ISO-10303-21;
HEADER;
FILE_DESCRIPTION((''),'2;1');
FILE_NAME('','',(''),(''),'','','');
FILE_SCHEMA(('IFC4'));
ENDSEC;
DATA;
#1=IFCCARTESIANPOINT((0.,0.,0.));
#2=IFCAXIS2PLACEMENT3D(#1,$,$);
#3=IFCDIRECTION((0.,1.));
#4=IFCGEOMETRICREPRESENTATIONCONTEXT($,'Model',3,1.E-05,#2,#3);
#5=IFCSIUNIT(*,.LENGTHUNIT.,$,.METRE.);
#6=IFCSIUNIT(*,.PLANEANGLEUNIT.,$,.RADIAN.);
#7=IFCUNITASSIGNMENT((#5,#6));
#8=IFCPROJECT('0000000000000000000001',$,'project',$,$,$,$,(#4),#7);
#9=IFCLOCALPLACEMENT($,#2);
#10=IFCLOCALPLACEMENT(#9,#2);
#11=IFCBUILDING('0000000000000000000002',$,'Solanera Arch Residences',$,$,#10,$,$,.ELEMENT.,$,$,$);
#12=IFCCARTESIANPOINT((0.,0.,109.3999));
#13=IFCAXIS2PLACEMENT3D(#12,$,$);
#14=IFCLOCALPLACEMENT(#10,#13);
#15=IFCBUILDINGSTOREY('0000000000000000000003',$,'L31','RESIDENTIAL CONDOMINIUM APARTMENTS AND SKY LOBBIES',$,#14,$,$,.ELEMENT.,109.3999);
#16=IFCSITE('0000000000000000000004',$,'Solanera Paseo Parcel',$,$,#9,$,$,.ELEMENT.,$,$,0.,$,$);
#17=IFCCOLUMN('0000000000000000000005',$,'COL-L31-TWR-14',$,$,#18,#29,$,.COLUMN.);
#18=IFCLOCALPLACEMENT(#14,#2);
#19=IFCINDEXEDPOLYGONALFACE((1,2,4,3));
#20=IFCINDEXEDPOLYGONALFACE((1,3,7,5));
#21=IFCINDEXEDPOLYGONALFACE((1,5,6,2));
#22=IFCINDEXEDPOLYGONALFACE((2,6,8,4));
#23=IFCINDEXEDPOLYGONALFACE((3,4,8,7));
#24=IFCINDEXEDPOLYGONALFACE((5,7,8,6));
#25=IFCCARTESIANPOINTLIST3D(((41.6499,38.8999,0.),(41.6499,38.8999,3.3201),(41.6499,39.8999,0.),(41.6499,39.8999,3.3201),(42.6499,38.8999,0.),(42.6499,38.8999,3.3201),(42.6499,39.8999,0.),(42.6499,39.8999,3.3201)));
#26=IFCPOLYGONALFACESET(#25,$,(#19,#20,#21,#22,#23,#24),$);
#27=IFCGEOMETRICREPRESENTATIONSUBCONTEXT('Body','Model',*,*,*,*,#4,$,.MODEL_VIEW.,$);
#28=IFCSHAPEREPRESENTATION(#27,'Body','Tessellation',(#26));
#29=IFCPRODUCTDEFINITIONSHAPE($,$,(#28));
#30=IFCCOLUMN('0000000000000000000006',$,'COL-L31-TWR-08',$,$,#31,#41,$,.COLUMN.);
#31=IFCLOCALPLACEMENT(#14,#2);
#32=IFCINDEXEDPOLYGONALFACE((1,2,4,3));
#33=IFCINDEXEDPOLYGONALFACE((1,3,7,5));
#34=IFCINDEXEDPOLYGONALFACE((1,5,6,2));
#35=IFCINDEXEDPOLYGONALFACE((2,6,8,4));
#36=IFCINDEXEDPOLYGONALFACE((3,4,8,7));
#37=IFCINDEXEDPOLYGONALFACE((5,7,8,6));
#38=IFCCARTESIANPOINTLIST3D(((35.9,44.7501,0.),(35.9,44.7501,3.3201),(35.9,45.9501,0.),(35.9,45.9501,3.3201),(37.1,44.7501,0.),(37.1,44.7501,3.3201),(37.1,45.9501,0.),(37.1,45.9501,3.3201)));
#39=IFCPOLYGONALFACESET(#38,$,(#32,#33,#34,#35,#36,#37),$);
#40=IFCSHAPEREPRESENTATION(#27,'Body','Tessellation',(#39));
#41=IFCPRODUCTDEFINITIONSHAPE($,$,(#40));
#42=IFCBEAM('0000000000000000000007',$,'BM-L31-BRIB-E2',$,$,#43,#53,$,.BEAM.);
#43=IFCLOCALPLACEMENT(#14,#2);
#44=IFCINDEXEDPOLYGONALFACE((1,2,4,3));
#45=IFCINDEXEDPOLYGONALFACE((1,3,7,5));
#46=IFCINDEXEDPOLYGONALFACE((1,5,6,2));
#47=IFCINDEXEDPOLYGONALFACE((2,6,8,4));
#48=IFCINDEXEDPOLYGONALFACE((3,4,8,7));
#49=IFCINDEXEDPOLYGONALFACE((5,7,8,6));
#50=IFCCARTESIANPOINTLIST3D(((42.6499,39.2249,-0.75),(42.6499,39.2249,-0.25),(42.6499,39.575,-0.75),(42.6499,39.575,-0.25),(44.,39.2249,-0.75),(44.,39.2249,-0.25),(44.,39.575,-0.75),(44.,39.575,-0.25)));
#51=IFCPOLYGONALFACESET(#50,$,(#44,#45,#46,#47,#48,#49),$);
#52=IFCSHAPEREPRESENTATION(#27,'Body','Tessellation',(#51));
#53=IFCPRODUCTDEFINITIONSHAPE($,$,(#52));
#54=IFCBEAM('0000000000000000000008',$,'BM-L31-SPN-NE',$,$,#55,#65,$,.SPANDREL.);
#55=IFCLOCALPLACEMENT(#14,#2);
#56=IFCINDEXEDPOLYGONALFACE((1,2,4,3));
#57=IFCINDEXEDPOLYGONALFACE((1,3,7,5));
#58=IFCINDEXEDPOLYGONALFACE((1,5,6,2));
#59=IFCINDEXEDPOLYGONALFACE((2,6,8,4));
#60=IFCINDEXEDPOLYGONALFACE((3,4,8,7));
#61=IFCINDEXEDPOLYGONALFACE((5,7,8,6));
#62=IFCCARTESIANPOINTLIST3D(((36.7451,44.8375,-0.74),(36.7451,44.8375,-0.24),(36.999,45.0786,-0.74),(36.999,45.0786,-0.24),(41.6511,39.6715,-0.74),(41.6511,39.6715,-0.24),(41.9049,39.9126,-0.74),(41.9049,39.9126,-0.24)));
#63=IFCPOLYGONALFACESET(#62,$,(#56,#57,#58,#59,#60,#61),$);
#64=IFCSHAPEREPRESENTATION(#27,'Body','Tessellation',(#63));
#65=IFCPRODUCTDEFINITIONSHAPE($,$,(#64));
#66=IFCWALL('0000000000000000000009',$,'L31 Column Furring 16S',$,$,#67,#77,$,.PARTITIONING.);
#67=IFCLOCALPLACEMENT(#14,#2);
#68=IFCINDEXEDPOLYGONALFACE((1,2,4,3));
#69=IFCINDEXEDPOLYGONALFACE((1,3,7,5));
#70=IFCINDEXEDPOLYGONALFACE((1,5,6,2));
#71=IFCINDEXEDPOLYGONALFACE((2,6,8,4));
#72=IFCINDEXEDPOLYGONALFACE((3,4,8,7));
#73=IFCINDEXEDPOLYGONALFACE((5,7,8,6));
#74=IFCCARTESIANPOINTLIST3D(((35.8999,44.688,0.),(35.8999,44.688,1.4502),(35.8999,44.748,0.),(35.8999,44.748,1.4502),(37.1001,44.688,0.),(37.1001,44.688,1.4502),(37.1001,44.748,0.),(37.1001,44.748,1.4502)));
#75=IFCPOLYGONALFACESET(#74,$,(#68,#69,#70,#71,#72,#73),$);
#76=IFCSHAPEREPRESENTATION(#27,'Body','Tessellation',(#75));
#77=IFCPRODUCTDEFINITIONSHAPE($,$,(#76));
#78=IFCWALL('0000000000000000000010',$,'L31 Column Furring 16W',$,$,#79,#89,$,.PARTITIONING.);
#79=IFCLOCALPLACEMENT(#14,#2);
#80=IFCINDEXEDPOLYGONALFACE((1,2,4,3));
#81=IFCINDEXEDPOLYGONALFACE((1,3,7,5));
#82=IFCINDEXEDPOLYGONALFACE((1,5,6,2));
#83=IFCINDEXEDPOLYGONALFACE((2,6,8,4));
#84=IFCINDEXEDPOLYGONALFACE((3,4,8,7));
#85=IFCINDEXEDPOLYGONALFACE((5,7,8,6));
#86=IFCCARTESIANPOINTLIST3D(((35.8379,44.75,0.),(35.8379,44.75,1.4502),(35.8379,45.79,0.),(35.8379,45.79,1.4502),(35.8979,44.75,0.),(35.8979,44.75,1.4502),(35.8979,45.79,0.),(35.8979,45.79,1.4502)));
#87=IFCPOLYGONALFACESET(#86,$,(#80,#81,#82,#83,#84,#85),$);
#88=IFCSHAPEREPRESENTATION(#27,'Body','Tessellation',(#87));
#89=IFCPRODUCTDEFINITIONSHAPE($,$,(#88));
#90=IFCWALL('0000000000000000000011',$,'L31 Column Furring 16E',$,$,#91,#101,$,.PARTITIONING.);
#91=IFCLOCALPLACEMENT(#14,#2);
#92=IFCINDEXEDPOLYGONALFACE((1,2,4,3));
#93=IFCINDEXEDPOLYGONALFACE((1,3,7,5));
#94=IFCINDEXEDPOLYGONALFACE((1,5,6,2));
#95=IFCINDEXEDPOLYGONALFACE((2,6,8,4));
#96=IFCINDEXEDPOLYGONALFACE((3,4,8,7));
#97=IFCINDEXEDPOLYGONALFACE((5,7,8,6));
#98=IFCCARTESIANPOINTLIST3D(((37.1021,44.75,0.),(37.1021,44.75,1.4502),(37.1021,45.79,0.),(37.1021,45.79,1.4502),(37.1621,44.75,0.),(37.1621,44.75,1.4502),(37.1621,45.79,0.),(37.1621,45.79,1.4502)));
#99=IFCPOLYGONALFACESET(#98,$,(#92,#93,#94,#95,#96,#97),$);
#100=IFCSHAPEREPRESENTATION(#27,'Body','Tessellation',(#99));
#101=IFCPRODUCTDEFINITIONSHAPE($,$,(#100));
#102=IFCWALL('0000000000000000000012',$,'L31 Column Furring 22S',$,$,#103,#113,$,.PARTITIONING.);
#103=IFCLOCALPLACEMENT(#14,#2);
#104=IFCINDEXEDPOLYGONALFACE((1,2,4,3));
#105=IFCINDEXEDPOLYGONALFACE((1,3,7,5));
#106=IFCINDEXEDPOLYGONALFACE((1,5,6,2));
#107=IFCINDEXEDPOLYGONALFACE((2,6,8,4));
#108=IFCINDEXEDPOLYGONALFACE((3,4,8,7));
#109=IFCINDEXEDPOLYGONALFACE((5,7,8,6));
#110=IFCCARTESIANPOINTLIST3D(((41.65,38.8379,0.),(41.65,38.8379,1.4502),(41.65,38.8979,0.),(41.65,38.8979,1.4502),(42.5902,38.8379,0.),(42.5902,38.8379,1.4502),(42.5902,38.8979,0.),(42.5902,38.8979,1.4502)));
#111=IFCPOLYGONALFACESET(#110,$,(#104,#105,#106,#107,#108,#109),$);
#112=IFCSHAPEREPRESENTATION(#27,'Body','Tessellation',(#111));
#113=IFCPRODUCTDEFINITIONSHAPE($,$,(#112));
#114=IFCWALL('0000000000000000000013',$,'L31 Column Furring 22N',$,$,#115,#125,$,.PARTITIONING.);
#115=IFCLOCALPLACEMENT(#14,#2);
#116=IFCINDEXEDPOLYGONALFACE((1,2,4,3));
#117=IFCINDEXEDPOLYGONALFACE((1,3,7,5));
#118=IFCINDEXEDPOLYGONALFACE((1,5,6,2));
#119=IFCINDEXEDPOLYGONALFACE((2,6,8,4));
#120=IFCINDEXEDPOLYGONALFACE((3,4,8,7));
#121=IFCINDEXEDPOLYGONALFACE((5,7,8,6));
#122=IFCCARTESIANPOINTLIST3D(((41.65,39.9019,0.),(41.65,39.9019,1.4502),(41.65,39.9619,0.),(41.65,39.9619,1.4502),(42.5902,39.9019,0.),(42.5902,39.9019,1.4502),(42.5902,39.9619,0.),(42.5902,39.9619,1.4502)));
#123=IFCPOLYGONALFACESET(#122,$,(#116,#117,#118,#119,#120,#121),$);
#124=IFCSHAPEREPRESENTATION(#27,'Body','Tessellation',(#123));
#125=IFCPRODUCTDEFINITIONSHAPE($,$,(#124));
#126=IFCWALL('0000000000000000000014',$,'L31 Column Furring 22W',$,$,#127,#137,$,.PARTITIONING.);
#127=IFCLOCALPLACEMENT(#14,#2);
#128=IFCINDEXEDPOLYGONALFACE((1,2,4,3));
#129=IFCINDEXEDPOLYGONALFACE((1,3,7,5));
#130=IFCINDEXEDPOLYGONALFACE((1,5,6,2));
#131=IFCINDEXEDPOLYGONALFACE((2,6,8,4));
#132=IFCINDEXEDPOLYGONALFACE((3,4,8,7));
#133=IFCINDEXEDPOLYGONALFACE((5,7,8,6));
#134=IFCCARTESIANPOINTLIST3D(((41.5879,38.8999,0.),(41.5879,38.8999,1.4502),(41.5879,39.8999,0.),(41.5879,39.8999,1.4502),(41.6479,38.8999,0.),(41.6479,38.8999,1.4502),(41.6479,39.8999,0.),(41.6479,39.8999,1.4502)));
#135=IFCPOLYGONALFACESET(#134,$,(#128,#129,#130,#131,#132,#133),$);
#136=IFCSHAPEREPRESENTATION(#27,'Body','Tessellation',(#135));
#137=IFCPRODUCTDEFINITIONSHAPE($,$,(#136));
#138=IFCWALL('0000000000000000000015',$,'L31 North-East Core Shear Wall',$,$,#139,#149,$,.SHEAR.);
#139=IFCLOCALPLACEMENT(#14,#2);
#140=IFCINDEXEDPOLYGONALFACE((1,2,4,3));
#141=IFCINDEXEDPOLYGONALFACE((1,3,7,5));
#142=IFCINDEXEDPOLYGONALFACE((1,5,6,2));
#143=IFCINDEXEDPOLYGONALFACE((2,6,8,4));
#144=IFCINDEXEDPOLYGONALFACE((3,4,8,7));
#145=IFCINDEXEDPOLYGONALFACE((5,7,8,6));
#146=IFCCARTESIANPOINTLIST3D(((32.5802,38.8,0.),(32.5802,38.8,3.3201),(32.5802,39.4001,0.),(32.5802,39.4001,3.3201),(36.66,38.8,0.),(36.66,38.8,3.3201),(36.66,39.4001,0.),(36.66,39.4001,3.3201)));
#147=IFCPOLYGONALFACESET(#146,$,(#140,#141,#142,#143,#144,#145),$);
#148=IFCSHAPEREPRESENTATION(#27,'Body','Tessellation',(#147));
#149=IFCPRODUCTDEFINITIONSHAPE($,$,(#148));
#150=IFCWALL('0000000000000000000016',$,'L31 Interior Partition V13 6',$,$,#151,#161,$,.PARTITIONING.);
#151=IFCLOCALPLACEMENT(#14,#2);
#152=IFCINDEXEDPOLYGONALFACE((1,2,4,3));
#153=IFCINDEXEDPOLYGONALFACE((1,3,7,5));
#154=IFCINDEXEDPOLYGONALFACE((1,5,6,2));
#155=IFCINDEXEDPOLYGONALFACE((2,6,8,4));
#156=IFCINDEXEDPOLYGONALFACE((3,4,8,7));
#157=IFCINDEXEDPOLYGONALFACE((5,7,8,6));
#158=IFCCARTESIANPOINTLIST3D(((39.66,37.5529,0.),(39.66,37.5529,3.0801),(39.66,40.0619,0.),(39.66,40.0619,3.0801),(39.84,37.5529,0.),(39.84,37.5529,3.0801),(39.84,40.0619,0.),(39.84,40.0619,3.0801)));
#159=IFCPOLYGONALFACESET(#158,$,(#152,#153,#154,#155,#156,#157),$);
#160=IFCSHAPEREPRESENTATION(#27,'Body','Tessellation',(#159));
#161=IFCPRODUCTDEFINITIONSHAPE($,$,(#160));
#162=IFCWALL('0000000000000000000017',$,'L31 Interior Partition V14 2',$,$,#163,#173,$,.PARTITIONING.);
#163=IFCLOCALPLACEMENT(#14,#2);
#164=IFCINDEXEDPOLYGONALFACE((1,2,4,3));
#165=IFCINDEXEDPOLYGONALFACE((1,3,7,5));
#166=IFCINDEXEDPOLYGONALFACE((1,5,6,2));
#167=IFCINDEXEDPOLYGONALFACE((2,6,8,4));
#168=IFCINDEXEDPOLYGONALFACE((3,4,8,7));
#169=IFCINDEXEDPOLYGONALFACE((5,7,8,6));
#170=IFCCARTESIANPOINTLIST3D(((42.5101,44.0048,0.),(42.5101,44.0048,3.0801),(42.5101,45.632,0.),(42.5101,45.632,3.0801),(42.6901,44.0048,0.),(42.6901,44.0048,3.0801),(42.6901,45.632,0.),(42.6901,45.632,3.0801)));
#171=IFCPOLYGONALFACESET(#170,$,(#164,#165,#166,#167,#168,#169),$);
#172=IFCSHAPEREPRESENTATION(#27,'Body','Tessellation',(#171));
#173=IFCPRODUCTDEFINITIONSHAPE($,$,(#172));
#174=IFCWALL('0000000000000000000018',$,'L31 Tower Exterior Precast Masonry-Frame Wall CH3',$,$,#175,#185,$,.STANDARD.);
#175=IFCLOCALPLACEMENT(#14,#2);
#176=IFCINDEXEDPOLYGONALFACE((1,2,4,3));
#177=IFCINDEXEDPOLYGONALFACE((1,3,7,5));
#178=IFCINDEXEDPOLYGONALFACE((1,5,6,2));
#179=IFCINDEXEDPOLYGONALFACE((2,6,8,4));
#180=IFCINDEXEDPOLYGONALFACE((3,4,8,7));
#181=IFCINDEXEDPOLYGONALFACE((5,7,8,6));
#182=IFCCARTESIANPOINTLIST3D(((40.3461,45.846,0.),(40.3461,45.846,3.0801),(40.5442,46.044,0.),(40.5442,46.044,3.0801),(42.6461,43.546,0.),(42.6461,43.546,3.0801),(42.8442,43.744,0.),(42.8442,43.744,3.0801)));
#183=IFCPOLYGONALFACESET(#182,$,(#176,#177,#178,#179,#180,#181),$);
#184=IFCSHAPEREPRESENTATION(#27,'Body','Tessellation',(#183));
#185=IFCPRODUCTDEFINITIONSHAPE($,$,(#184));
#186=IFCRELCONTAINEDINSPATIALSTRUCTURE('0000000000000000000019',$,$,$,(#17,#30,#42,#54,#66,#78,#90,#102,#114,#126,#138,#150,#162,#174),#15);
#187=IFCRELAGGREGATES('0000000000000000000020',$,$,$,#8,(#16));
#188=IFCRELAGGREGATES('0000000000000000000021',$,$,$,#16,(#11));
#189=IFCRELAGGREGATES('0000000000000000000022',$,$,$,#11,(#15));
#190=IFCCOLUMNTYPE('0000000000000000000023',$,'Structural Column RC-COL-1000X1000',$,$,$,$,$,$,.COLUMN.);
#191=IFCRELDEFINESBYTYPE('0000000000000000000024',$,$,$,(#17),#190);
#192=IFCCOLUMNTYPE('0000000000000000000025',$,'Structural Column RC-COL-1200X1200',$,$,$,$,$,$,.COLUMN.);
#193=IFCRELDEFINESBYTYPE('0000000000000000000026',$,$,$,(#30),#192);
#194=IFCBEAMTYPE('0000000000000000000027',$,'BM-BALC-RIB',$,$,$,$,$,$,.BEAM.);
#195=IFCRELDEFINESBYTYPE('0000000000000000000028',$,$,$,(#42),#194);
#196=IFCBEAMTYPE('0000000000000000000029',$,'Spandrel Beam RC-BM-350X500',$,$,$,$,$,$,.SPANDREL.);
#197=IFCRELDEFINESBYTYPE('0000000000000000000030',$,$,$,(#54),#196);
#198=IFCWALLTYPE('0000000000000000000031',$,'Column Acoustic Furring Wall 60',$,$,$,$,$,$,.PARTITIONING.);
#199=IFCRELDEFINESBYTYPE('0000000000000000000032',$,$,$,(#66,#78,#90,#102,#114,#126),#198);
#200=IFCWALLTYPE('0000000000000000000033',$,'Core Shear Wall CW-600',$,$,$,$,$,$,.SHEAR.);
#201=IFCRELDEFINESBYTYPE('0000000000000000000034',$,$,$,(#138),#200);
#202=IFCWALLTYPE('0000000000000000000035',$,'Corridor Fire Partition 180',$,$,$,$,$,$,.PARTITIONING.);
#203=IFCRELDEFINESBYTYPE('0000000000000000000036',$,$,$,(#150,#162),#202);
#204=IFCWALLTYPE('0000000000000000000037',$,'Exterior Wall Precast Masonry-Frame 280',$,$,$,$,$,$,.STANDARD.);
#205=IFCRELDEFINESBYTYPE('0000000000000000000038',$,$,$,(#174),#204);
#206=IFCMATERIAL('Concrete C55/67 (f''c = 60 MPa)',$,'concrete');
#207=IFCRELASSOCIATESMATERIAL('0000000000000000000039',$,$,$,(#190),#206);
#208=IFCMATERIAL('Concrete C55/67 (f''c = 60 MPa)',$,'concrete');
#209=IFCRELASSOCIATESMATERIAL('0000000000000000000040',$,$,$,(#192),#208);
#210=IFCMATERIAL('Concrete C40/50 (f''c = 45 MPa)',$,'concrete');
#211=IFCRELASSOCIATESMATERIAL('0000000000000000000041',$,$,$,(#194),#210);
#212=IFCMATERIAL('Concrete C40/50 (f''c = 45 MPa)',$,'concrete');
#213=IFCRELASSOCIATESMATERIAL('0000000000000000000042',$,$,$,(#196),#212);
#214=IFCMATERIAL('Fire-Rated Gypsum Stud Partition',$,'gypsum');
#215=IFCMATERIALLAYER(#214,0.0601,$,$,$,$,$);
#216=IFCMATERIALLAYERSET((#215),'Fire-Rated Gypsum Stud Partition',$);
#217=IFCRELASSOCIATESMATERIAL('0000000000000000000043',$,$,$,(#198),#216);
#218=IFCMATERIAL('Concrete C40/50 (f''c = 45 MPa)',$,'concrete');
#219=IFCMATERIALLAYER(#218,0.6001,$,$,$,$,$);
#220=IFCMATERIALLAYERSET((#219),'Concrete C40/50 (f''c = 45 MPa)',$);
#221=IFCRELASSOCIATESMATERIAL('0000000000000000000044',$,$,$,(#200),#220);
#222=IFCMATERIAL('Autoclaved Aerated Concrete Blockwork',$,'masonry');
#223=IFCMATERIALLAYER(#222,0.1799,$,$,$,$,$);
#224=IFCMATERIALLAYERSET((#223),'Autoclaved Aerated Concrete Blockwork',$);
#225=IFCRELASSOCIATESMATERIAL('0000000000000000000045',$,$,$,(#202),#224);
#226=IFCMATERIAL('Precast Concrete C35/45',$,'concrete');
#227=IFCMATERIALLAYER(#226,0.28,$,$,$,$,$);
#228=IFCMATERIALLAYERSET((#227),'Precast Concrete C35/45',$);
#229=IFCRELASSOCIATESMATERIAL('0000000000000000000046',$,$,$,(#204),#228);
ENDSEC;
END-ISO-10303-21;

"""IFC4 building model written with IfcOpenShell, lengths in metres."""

from ifc_helpers import new_model, si_unit, direction, frame, frame_2d, origin, origin_2d, place, context, subcontext, project, spatial, rectangle, extrude, material, layer, layer_set, material_profile, profile_set, type_object, element, save


model = new_model("IFC4")

# Units and contexts
model_context = context("Model", 3, precision=1e-05, world=origin(), true_north=direction((0.0, 1.0)))
body_context = subcontext(model_context, "Body", "Model", "MODEL_VIEW")
ifc_project = project(units=[si_unit("LENGTHUNIT", "METRE"), si_unit("PLANEANGLEUNIT", "RADIAN")], contexts=[model_context])

# Site, building, storey
site_placement = place(None, origin())
site = spatial("IfcSite", under=ifc_project, at=site_placement, Name="Solanera Paseo Parcel", CompositionType="ELEMENT", RefElevation=0.0)
building_placement = place(site_placement, origin())
building = spatial("IfcBuilding", under=site, at=building_placement, Name="Solanera Arch Residences", CompositionType="ELEMENT")
storey_placement = place(building_placement, frame((0.0, 0.0, 109.3999)))
storey = spatial("IfcBuildingStorey", under=building, at=storey_placement, Name="L31", Description="RESIDENTIAL CONDOMINIUM APARTMENTS AND SKY LOBBIES", CompositionType="ELEMENT", Elevation=109.3999)

# Columns
ifc_material_1 = material(Name="Concrete C55/67 (f'c = 60 MPa)", Category="concrete")
ifc_material_profile_1 = material_profile(ifc_material_1, rectangle(XDim=1.0, YDim=1.0, at=origin_2d()))
ifc_profile_set_1 = profile_set([ifc_material_profile_1], Name="Concrete C55/67 (f'c = 60 MPa)")
column_type_1 = type_object("IfcColumnType", Name="Structural Column RC-COL-1000X1000", PredefinedType="COLUMN", material=ifc_profile_set_1)
column_1_placement = place(storey_placement, frame((42.1499, 39.3999, 0.0), z_axis=(0.0, 0.0, 1.0), x_axis=(1.0, 0.0, 0.0)))
element("IfcColumn", 1, at=column_1_placement, inside=storey, type_object=column_type_1, Name="COL-L31-TWR-14", PredefinedType="COLUMN", context=body_context, shape_type="SweptSolid", body=[
    extrude(rectangle(XDim=1.0, YDim=1.0, at=origin_2d()), origin(), (0.0, 0.0, 1.0), 3.3201),
])
ifc_material_2 = material(Name="Concrete C55/67 (f'c = 60 MPa)", Category="concrete")
ifc_material_profile_2 = material_profile(ifc_material_2, rectangle(XDim=1.2, YDim=1.2, at=origin_2d()))
ifc_profile_set_2 = profile_set([ifc_material_profile_2], Name="Concrete C55/67 (f'c = 60 MPa)")
column_type_2 = type_object("IfcColumnType", Name="Structural Column RC-COL-1200X1200", PredefinedType="COLUMN", material=ifc_profile_set_2)
column_2_placement = place(storey_placement, frame((36.5, 45.3501, 0.0), z_axis=(0.0, 0.0, 1.0), x_axis=(1.0, 0.0, 0.0)))
element("IfcColumn", 2, at=column_2_placement, inside=storey, type_object=column_type_2, Name="COL-L31-TWR-08", PredefinedType="COLUMN", context=body_context, shape_type="SweptSolid", body=[
    extrude(rectangle(XDim=1.2, YDim=1.2, at=origin_2d()), origin(), (0.0, 0.0, 1.0), 3.3201),
])

# Beams
ifc_material_3 = material(Name="Concrete C40/50 (f'c = 45 MPa)", Category="concrete")
ifc_material_profile_3 = material_profile(ifc_material_3, rectangle(XDim=0.3501, YDim=0.5, at=origin_2d()))
ifc_profile_set_3 = profile_set([ifc_material_profile_3], Name="Concrete C40/50 (f'c = 45 MPa)")
beam_type_1 = type_object("IfcBeamType", Name="BM-BALC-RIB", PredefinedType="BEAM", material=ifc_profile_set_3)
beam_1_placement = place(storey_placement, frame((42.6499, 39.3999, -0.5), z_axis=(1.0, 0.0, 0.0), x_axis=(0.0, 1.0, 0.0)))
element("IfcBeam", 3, at=beam_1_placement, inside=storey, type_object=beam_type_1, Name="BM-L31-BRIB-E2", PredefinedType="BEAM", context=body_context, shape_type="SweptSolid", body=[
    extrude(rectangle(XDim=0.3501, YDim=0.5, at=origin_2d()), origin(), (0.0, 0.0, 1.0), 1.3501),
])
ifc_material_4 = material(Name="Concrete C40/50 (f'c = 45 MPa)", Category="concrete")
ifc_material_profile_4 = material_profile(ifc_material_4, rectangle(XDim=0.3501, YDim=0.5, at=origin_2d()))
ifc_profile_set_4 = profile_set([ifc_material_profile_4], Name="Concrete C40/50 (f'c = 45 MPa)")
beam_type_2 = type_object("IfcBeamType", Name="Spandrel Beam RC-BM-350X500", PredefinedType="SPANDREL", material=ifc_profile_set_4)
beam_2_placement = place(storey_placement, frame((36.8721, 44.958, -0.49), z_axis=(0.688623, -0.725119, 0.0), x_axis=(0.725119, 0.688623, 0.0)))
element("IfcBeam", 4, at=beam_2_placement, inside=storey, type_object=beam_type_2, Name="BM-L31-SPN-NE", PredefinedType="SPANDREL", context=body_context, shape_type="SweptSolid", body=[
    extrude(rectangle(XDim=0.3501, YDim=0.5, at=origin_2d()), origin(), (0.0, 0.0, 1.0), 7.1243),
])

# Walls
ifc_material_5 = material(Name="Fire-Rated Gypsum Stud Partition", Category="gypsum")
ifc_layer_1 = layer(ifc_material_5, 0.0601)
ifc_layer_set_1 = layer_set([ifc_layer_1], Name="Fire-Rated Gypsum Stud Partition")
wall_type_1 = type_object("IfcWallType", Name="Column Acoustic Furring Wall 60", PredefinedType="PARTITIONING", material=ifc_layer_set_1)
wall_1_placement = place(storey_placement, frame((35.8999, 44.718, 0.0), z_axis=(0.0, 0.0, 1.0), x_axis=(1.0, 0.0, 0.0)))
element("IfcWall", 5, at=wall_1_placement, inside=storey, type_object=wall_type_1, Name="L31 Column Furring 16S", PredefinedType="PARTITIONING", context=body_context, shape_type="SweptSolid", body=[
    extrude(rectangle(XDim=1.2002, YDim=0.0601, at=frame_2d((0.6001, 0.0))), origin(), (0.0, 0.0, 1.0), 1.4502),
])
for number, where, z_axis, x_axis, name in (
    (6, (35.8679, 44.75, 0.0), (0.0, 0.0, 1.0), (0.0, 1.0, 0.0), "L31 Column Furring 16W"),
    (7, (37.1321, 44.75, 0.0), (0.0, 0.0, 1.0), (0.0, 1.0, 0.0), "L31 Column Furring 16E"),
):
    element("IfcWall", number, at=place(storey_placement, frame(where, z_axis=z_axis, x_axis=x_axis)), inside=storey, type_object=wall_type_1, Name=name, PredefinedType="PARTITIONING", context=body_context, shape_type="SweptSolid", body=[
        extrude(rectangle(XDim=1.04, YDim=0.0601, at=frame_2d((0.52, 0.0))), origin(), (0.0, 0.0, 1.0), 1.4502),
    ])
for number, where, z_axis, x_axis, name in (
    (8, (41.6499, 38.8679, 0.0), (0.0, 0.0, 1.0), (1.0, 0.0, 0.0), "L31 Column Furring 22S"),
    (9, (41.6499, 39.9319, 0.0), (0.0, 0.0, 1.0), (1.0, 0.0, 0.0), "L31 Column Furring 22N"),
):
    element("IfcWall", number, at=place(storey_placement, frame(where, z_axis=z_axis, x_axis=x_axis)), inside=storey, type_object=wall_type_1, Name=name, PredefinedType="PARTITIONING", context=body_context, shape_type="SweptSolid", body=[
        extrude(rectangle(XDim=0.9402, YDim=0.0601, at=frame_2d((0.4702, 0.0))), origin(), (0.0, 0.0, 1.0), 1.4502),
    ])
wall_2_placement = place(storey_placement, frame((41.6179, 38.8999, 0.0), z_axis=(0.0, 0.0, 1.0), x_axis=(0.0, 1.0, 0.0)))
element("IfcWall", 10, at=wall_2_placement, inside=storey, type_object=wall_type_1, Name="L31 Column Furring 22W", PredefinedType="PARTITIONING", context=body_context, shape_type="SweptSolid", body=[
    extrude(rectangle(XDim=1.0, YDim=0.0601, at=frame_2d((0.5, 0.0))), origin(), (0.0, 0.0, 1.0), 1.4502),
])
ifc_material_6 = material(Name="Concrete C40/50 (f'c = 45 MPa)", Category="concrete")
ifc_layer_2 = layer(ifc_material_6, 0.6001)
ifc_layer_set_2 = layer_set([ifc_layer_2], Name="Concrete C40/50 (f'c = 45 MPa)")
wall_type_2 = type_object("IfcWallType", Name="Core Shear Wall CW-600", PredefinedType="SHEAR", material=ifc_layer_set_2)
wall_3_placement = place(storey_placement, frame((32.5801, 39.1001, 0.0), z_axis=(0.0, 0.0, 1.0), x_axis=(1.0, 0.0, 0.0)))
element("IfcWall", 11, at=wall_3_placement, inside=storey, type_object=wall_type_2, Name="L31 North-East Core Shear Wall", PredefinedType="SHEAR", context=body_context, shape_type="SweptSolid", body=[
    extrude(rectangle(XDim=4.0798, YDim=0.6001, at=frame_2d((2.04, 0.0))), origin(), (0.0, 0.0, 1.0), 3.3201),
])
ifc_material_7 = material(Name="Autoclaved Aerated Concrete Blockwork", Category="masonry")
ifc_layer_3 = layer(ifc_material_7, 0.1799)
ifc_layer_set_3 = layer_set([ifc_layer_3], Name="Autoclaved Aerated Concrete Blockwork")
wall_type_3 = type_object("IfcWallType", Name="Corridor Fire Partition 180", PredefinedType="PARTITIONING", material=ifc_layer_set_3)
wall_4_placement = place(storey_placement, frame((39.75, 37.553, 0.0), z_axis=(0.0, 0.0, 1.0), x_axis=(0.0, 1.0, 0.0)))
element("IfcWall", 12, at=wall_4_placement, inside=storey, type_object=wall_type_3, Name="L31 Interior Partition V13 6", PredefinedType="PARTITIONING", context=body_context, shape_type="SweptSolid", body=[
    extrude(rectangle(XDim=2.509, YDim=0.1799, at=frame_2d((1.2544, 0.0))), origin(), (0.0, 0.0, 1.0), 3.0801),
])
wall_5_placement = place(storey_placement, frame((42.6001, 44.0049, 0.0), z_axis=(0.0, 0.0, 1.0), x_axis=(0.0, 1.0, 0.0)))
element("IfcWall", 13, at=wall_5_placement, inside=storey, type_object=wall_type_3, Name="L31 Interior Partition V14 2", PredefinedType="PARTITIONING", context=body_context, shape_type="SweptSolid", body=[
    extrude(rectangle(XDim=1.6272, YDim=0.1799, at=frame_2d((0.8135, 0.0))), origin(), (0.0, 0.0, 1.0), 3.0801),
])
ifc_material_8 = material(Name="Precast Concrete C35/45", Category="concrete")
ifc_layer_4 = layer(ifc_material_8, 0.28)
ifc_layer_set_4 = layer_set([ifc_layer_4], Name="Precast Concrete C35/45")
wall_type_4 = type_object("IfcWallType", Name="Exterior Wall Precast Masonry-Frame 280", PredefinedType="STANDARD", material=ifc_layer_set_4)
wall_6_placement = place(storey_placement, frame((40.4451, 45.9451, 0.0), z_axis=(0.0, 0.0, 1.0), x_axis=(0.707107, -0.707107, 0.0)))
element("IfcWall", 14, at=wall_6_placement, inside=storey, type_object=wall_type_4, Name="L31 Tower Exterior Precast Masonry-Frame Wall CH3", PredefinedType="STANDARD", context=body_context, shape_type="SweptSolid", body=[
    extrude(rectangle(XDim=3.2527, YDim=0.28, at=frame_2d((1.6265, 0.0))), origin(), (0.0, 0.0, 1.0), 3.0801),
])

save(model, "model.ifc")
